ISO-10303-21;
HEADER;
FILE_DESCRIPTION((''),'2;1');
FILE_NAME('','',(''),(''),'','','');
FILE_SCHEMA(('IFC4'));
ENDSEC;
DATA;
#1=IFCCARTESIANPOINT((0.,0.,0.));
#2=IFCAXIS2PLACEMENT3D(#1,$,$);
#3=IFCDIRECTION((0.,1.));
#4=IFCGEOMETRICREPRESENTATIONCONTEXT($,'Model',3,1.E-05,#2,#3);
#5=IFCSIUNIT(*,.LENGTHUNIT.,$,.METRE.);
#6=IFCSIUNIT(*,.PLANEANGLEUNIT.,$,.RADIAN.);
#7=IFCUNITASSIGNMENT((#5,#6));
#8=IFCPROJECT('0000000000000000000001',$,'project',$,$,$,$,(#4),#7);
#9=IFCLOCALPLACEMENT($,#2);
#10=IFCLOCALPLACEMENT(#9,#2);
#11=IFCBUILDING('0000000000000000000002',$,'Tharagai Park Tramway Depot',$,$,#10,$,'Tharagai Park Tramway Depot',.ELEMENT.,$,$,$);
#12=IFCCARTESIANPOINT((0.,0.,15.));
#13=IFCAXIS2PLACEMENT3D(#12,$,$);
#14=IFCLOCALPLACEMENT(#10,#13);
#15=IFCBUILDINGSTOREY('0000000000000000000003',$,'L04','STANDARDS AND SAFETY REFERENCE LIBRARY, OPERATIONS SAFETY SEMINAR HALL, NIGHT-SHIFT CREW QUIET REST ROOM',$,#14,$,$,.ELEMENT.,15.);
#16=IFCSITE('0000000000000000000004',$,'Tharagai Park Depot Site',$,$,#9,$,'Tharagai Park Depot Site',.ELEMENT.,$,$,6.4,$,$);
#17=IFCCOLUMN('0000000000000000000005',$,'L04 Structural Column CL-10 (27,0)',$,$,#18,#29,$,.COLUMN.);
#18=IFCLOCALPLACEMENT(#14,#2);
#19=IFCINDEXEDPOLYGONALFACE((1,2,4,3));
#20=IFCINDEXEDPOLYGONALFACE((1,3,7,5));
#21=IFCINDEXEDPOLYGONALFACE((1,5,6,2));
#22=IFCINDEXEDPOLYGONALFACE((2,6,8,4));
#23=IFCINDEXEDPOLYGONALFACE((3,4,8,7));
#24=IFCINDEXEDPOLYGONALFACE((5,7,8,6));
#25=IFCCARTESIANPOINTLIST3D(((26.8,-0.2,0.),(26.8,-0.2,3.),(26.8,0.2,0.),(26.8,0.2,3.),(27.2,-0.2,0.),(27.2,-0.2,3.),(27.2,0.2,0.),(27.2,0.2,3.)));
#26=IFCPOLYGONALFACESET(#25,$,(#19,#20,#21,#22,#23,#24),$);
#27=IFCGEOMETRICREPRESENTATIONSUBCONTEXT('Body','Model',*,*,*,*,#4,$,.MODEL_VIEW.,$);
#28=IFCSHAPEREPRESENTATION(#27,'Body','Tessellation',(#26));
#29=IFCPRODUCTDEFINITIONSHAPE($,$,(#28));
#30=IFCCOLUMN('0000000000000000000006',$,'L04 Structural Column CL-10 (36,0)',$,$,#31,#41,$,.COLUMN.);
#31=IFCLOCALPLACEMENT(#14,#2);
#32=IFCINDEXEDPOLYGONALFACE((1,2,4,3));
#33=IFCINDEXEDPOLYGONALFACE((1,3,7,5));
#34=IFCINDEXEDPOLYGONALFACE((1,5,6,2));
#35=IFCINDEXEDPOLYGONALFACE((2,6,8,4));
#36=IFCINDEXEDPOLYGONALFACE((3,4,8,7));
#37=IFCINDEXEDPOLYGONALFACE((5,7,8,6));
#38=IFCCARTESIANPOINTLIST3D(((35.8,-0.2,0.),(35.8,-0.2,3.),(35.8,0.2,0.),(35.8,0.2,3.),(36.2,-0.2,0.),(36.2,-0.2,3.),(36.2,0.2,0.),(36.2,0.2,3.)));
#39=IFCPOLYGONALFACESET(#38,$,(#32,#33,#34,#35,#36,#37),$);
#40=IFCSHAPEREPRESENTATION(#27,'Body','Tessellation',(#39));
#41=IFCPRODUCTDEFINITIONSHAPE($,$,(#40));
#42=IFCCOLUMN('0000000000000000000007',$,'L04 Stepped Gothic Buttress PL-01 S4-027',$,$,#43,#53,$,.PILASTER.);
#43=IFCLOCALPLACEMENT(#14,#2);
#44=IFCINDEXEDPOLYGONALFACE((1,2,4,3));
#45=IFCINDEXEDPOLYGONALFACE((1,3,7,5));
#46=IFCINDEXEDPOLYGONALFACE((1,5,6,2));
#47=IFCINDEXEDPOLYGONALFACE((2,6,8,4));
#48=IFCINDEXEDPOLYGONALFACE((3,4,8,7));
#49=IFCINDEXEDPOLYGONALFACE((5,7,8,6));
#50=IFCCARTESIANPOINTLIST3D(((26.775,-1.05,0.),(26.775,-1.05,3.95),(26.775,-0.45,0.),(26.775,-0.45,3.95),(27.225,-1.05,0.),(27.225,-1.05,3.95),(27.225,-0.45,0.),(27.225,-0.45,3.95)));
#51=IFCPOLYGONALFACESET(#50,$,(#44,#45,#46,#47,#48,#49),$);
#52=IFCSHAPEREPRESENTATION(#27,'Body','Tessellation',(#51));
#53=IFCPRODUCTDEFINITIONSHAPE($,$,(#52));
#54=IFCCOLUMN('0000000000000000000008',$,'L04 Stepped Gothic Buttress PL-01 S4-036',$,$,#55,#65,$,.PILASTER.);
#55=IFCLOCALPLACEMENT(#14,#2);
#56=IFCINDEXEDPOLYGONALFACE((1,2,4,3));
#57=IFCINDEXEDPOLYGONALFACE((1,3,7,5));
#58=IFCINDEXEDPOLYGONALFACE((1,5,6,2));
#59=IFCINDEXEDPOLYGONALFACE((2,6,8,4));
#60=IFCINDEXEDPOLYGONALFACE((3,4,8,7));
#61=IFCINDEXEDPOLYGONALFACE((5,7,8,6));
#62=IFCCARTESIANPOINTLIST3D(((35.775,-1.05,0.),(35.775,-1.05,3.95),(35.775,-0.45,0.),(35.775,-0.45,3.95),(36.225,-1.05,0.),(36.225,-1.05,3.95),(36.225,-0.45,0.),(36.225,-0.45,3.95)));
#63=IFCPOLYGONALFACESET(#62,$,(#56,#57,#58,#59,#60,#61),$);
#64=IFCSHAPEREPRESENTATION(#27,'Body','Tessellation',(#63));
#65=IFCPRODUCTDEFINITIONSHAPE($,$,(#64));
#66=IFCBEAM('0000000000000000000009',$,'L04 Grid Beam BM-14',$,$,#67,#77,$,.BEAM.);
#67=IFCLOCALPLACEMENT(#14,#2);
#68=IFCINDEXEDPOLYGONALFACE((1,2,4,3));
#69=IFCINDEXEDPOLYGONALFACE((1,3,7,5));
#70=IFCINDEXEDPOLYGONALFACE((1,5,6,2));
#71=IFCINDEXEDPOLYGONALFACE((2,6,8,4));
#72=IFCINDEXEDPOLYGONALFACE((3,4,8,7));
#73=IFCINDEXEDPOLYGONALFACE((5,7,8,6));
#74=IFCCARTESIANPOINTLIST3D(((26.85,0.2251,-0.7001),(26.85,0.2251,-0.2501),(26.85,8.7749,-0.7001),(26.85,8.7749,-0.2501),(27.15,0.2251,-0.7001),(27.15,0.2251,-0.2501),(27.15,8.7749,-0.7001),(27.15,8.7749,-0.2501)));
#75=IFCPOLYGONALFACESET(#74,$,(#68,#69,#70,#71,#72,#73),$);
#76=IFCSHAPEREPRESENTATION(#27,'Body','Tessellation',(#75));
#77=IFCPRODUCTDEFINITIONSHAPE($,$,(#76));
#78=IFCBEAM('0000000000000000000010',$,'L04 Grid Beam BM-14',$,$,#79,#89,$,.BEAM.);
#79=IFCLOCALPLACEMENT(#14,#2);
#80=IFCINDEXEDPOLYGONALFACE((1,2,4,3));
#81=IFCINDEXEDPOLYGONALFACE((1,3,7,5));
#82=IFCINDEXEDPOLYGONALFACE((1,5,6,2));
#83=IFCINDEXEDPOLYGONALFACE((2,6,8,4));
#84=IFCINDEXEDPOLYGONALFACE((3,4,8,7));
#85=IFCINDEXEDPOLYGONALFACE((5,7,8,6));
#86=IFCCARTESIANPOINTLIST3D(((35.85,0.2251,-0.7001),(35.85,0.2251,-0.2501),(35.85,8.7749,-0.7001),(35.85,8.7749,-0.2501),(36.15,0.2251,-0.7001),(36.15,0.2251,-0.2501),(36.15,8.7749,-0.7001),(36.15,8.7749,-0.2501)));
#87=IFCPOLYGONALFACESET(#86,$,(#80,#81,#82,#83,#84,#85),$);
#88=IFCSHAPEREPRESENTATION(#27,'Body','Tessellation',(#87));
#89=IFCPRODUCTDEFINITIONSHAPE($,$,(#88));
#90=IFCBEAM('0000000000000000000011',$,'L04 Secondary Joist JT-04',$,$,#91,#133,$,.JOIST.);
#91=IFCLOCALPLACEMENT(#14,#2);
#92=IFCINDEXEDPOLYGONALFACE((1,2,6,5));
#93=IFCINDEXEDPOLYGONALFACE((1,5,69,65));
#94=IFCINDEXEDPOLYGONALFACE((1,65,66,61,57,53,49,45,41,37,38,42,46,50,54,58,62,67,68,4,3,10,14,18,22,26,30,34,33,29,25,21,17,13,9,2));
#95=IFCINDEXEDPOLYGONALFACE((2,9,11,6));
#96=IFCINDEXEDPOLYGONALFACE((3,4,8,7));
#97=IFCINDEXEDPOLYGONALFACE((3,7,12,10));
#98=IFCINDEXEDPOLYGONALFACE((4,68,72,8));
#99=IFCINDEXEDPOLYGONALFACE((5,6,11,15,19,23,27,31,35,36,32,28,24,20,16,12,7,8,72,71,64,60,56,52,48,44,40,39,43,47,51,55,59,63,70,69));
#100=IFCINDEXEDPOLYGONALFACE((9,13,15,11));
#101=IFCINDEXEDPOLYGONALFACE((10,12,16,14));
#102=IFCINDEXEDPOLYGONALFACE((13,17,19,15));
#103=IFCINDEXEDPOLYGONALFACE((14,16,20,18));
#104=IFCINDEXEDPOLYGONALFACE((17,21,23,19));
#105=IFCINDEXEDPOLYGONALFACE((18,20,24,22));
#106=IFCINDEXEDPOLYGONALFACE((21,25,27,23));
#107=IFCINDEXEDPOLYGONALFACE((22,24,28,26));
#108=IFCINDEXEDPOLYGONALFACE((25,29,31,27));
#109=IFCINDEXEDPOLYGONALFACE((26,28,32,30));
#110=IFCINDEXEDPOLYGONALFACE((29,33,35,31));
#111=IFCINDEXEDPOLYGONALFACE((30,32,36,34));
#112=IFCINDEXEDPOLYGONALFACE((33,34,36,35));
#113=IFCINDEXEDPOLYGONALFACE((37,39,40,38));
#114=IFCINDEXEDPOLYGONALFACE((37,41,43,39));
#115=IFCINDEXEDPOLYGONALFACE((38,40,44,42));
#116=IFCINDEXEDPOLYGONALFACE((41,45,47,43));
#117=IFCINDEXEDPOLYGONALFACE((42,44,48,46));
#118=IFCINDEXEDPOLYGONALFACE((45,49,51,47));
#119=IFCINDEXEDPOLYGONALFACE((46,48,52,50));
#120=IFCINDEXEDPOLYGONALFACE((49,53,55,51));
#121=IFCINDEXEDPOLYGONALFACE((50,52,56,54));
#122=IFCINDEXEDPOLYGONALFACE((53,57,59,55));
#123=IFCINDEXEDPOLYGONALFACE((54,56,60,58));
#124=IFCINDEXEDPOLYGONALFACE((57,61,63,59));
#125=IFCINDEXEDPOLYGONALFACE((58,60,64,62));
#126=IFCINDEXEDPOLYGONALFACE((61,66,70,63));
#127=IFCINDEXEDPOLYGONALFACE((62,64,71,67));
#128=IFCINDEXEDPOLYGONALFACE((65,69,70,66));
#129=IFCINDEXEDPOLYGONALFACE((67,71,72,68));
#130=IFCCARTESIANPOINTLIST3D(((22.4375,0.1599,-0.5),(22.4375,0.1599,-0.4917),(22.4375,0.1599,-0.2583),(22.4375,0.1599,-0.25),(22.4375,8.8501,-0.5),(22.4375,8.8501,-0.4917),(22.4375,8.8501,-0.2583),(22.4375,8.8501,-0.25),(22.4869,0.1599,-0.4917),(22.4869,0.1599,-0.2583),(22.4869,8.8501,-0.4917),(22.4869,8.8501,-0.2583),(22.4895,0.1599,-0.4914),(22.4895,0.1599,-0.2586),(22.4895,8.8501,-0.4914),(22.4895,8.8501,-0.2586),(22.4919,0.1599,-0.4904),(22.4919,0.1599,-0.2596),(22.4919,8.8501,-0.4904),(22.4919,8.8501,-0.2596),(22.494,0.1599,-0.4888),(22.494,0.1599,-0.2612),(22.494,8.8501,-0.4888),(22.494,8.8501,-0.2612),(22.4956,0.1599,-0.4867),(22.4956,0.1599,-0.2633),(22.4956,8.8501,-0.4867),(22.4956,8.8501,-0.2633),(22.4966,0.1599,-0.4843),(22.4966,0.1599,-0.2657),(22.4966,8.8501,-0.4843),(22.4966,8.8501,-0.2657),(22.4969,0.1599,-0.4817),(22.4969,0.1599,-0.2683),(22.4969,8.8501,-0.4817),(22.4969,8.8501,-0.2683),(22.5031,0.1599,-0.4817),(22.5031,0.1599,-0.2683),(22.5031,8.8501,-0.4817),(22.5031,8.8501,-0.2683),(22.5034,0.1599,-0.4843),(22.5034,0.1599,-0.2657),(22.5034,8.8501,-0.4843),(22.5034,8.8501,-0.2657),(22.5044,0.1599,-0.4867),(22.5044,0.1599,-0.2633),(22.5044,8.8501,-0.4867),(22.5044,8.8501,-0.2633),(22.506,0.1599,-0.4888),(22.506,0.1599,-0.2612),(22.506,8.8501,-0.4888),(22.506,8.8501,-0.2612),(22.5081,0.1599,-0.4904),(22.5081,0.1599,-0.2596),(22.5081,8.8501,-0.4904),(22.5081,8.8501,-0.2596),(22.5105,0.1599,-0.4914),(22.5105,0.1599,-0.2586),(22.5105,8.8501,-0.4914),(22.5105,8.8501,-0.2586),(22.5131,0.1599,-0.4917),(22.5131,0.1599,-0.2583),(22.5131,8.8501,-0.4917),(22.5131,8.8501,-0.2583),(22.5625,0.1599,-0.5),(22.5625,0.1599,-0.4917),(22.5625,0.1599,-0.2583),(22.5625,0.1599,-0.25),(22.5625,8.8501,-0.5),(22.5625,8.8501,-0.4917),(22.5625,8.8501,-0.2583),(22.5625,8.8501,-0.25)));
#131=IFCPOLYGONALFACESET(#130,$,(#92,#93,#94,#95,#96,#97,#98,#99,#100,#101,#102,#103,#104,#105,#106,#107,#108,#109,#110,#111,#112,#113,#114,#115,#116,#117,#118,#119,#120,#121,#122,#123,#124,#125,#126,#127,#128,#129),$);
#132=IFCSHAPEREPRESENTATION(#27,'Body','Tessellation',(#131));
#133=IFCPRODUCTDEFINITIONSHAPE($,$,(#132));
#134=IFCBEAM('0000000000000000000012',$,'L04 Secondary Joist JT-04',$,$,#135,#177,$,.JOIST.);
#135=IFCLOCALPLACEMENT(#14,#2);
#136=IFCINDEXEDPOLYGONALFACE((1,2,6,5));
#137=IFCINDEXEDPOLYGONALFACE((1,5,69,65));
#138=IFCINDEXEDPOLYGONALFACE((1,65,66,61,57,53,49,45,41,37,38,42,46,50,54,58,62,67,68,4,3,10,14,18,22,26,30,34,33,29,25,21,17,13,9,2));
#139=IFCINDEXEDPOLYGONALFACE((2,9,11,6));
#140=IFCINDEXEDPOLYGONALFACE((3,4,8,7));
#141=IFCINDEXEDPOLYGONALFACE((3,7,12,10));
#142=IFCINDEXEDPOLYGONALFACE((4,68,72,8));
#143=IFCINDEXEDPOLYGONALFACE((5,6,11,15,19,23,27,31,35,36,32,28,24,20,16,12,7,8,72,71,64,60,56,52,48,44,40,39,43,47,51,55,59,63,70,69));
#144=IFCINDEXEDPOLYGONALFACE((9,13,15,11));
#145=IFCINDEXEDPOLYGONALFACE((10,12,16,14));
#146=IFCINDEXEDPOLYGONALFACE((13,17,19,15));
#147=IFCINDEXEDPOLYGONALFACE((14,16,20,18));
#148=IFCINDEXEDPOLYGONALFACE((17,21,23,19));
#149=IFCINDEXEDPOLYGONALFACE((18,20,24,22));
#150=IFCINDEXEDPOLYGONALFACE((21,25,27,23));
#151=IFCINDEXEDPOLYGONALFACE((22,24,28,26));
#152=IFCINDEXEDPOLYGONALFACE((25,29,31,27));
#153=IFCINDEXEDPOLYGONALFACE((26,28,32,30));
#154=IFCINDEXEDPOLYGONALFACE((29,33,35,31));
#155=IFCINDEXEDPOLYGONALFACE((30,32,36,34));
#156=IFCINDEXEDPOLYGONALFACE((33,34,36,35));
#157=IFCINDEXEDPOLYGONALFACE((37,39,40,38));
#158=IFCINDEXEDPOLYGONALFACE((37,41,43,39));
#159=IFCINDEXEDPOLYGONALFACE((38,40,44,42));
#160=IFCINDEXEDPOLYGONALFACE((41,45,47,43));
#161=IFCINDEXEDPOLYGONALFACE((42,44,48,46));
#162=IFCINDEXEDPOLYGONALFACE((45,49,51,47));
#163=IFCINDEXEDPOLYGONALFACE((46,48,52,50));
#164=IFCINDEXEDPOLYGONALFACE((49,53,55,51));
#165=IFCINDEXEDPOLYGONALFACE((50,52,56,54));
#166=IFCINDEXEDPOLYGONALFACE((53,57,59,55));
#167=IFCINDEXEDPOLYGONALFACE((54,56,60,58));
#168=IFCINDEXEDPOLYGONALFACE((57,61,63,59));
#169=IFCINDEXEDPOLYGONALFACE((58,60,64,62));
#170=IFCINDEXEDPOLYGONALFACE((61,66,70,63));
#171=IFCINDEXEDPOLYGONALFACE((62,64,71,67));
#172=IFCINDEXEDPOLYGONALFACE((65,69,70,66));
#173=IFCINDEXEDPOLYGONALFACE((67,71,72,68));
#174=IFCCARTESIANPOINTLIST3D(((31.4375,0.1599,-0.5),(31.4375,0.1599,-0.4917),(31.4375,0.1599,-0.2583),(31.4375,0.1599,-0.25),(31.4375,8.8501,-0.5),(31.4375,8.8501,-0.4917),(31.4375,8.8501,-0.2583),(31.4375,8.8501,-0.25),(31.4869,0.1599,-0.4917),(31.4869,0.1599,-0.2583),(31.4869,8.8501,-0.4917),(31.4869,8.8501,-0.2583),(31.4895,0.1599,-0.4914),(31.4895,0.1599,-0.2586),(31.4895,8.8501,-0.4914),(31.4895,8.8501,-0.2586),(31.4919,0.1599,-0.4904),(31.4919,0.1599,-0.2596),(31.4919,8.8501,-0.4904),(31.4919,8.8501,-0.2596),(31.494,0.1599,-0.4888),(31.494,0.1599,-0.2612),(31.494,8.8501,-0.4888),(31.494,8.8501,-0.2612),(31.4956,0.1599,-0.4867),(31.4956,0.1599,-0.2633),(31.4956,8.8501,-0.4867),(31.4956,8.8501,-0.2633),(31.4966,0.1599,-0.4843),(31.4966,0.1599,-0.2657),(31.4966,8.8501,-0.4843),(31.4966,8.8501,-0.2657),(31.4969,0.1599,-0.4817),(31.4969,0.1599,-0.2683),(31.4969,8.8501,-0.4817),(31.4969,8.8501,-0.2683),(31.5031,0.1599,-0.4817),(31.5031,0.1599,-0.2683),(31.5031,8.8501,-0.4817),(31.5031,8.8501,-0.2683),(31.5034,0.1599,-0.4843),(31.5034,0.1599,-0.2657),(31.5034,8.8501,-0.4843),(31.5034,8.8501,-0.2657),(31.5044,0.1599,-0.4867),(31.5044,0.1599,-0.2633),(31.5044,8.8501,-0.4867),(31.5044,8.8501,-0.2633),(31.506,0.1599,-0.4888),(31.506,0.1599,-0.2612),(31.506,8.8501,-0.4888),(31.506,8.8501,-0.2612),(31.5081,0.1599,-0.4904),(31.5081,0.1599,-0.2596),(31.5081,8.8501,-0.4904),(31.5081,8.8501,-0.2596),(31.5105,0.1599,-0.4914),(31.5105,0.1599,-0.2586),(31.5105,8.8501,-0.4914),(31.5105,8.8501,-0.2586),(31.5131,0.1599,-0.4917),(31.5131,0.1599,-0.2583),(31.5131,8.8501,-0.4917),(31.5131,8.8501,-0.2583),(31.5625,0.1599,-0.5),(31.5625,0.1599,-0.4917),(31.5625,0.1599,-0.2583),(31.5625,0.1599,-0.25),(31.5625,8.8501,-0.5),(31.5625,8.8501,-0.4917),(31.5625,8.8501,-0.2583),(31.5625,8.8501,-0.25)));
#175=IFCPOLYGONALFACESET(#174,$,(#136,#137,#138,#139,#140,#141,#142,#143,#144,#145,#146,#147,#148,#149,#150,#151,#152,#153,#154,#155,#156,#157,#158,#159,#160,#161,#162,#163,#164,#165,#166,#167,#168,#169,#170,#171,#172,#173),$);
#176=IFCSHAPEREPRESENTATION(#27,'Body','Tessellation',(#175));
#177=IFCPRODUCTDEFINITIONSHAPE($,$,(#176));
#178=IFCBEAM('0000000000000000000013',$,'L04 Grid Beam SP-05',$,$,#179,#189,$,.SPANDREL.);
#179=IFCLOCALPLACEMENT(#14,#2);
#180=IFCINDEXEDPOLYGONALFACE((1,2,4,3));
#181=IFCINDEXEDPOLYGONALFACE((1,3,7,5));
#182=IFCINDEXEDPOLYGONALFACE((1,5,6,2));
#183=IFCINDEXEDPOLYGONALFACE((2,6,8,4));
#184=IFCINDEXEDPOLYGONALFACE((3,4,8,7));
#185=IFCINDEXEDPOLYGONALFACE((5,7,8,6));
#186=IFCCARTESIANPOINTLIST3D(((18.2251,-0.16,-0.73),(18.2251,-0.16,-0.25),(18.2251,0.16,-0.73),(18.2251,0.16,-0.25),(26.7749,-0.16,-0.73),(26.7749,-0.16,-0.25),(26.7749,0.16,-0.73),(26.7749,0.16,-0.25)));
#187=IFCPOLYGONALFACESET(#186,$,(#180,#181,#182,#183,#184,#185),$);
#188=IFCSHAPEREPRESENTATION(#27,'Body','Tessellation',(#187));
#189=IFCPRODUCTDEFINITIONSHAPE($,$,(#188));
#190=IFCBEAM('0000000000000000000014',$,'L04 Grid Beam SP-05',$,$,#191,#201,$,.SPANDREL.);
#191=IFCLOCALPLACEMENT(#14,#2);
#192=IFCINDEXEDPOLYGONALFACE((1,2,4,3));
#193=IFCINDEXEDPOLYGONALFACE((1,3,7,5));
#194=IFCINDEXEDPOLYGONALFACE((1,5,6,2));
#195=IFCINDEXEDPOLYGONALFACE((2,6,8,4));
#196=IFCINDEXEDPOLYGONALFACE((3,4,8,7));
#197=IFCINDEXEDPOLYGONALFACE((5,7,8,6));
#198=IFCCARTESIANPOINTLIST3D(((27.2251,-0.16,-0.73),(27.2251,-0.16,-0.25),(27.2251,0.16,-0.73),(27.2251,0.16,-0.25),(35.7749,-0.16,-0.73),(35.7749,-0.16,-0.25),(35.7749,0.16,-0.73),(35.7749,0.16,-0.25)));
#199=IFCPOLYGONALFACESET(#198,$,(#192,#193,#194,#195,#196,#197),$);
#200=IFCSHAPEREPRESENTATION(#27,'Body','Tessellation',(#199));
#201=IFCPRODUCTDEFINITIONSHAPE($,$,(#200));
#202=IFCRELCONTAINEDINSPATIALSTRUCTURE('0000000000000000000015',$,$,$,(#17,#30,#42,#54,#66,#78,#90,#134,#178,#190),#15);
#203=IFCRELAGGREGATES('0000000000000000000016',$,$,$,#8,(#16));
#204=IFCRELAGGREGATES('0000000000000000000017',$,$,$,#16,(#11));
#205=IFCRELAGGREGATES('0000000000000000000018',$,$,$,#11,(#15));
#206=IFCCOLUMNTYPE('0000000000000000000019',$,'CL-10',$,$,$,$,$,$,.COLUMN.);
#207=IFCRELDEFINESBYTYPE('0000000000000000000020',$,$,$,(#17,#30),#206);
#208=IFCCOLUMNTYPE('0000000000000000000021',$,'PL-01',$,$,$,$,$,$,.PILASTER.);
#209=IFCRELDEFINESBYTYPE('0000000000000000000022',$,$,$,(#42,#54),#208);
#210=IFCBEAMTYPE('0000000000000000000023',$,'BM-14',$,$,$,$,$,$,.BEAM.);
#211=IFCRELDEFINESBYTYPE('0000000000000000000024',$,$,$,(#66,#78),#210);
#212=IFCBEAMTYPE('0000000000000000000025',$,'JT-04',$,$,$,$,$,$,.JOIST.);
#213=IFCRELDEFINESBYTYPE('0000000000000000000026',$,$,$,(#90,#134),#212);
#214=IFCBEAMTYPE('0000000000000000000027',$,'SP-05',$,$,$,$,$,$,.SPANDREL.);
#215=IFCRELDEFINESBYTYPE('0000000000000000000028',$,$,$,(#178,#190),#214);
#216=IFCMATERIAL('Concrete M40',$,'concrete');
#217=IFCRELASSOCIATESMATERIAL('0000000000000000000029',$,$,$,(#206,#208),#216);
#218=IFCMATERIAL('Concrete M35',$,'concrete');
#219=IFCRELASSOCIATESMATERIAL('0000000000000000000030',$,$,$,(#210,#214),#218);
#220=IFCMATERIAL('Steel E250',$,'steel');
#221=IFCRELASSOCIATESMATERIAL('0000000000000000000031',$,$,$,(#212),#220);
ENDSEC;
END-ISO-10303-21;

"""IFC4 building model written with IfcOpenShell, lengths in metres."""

from ifc_helpers import new_model, si_unit, direction, frame, origin, origin_2d, place, context, subcontext, project, spatial, rectangle, i_section, extrude, material, material_profile, profile_set, type_object, element, save


model = new_model("IFC4")

# Units and contexts
model_context = context("Model", 3, precision=1e-05, world=origin(), true_north=direction((0.0, 1.0)))
body_context = subcontext(model_context, "Body", "Model", "MODEL_VIEW")
ifc_project = project(units=[si_unit("LENGTHUNIT", "METRE"), si_unit("PLANEANGLEUNIT", "RADIAN")], contexts=[model_context])

# Site, building, storey
site_placement = place(None, origin())
site = spatial("IfcSite", under=ifc_project, at=site_placement, Name="Tharagai Park Depot Site", LongName="Tharagai Park Depot Site", CompositionType="ELEMENT", RefElevation=6.4)
building_placement = place(site_placement, origin())
building = spatial("IfcBuilding", under=site, at=building_placement, Name="Tharagai Park Tramway Depot", LongName="Tharagai Park Tramway Depot", CompositionType="ELEMENT")
storey_placement = place(building_placement, frame((0.0, 0.0, 15.0)))
storey = spatial("IfcBuildingStorey", under=building, at=storey_placement, Name="L04", Description="STANDARDS AND SAFETY REFERENCE LIBRARY, OPERATIONS SAFETY SEMINAR HALL, NIGHT-SHIFT CREW QUIET REST ROOM", CompositionType="ELEMENT", Elevation=15.0)

# Columns
ifc_material_1 = material(Name="Concrete M40", Category="concrete")
ifc_material_profile_1 = material_profile(ifc_material_1, rectangle(XDim=0.3999, YDim=0.3999, at=origin_2d()), Name="RC 400x400")
ifc_profile_set_1 = profile_set([ifc_material_profile_1], Name="Concrete M40")
column_type_1 = type_object("IfcColumnType", Name="CL-10", PredefinedType="COLUMN", material=ifc_profile_set_1)
for number, where, z_axis, x_axis, name in (
    (1, (27.0, 0.0, 0.0), (0.0, 0.0, 1.0), (1.0, 0.0, 0.0), "L04 Structural Column CL-10 (27,0)"),
    (2, (36.0, 0.0, 0.0), (0.0, 0.0, 1.0), (1.0, 0.0, 0.0), "L04 Structural Column CL-10 (36,0)"),
):
    element("IfcColumn", number, at=place(storey_placement, frame(where, z_axis=z_axis, x_axis=x_axis)), inside=storey, type_object=column_type_1, Name=name, PredefinedType="COLUMN", context=body_context, shape_type="SweptSolid", body=[
        extrude(rectangle(XDim=0.3999, YDim=0.3999, at=origin_2d()), origin(), (0.0, 0.0, 1.0), 3.0),
    ])
ifc_material_profile_2 = material_profile(ifc_material_1, rectangle(XDim=0.45, YDim=0.6001, at=origin_2d()), Name="RC 450x600")
ifc_profile_set_2 = profile_set([ifc_material_profile_2], Name="Concrete M40")
column_type_2 = type_object("IfcColumnType", Name="PL-01", PredefinedType="PILASTER", material=ifc_profile_set_2)
for number, where, z_axis, x_axis, name in (
    (3, (27.0, -0.75, 0.0), (0.0, 0.0, 1.0), (1.0, 0.0, 0.0), "L04 Stepped Gothic Buttress PL-01 S4-027"),
    (4, (36.0, -0.75, 0.0), (0.0, 0.0, 1.0), (1.0, 0.0, 0.0), "L04 Stepped Gothic Buttress PL-01 S4-036"),
):
    element("IfcColumn", number, at=place(storey_placement, frame(where, z_axis=z_axis, x_axis=x_axis)), inside=storey, type_object=column_type_2, Name=name, PredefinedType="PILASTER", context=body_context, shape_type="SweptSolid", body=[
        extrude(rectangle(XDim=0.45, YDim=0.6001, at=origin_2d()), origin(), (0.0, 0.0, 1.0), 3.95),
    ])

# Beams
ifc_material_2 = material(Name="Concrete M35", Category="concrete")
ifc_material_profile_3 = material_profile(ifc_material_2, rectangle(XDim=0.3, YDim=0.45, at=origin_2d()), Name="RC 300x450")
ifc_profile_set_3 = profile_set([ifc_material_profile_3], Name="Concrete M35")
beam_type_1 = type_object("IfcBeamType", Name="BM-14", PredefinedType="BEAM", material=ifc_profile_set_3)
for number, where, z_axis, x_axis, name in (
    (5, (27.0, 0.2251, -0.4751), (0.0, 1.0, 0.0), (-1.0, 0.0, 0.0), "L04 Grid Beam BM-14"),
    (6, (36.0, 0.2251, -0.4751), (0.0, 1.0, 0.0), (-1.0, 0.0, 0.0), "L04 Grid Beam BM-14"),
):
    element("IfcBeam", number, at=place(storey_placement, frame(where, z_axis=z_axis, x_axis=x_axis)), inside=storey, type_object=beam_type_1, Name=name, PredefinedType="BEAM", context=body_context, shape_type="SweptSolid", body=[
        extrude(rectangle(XDim=0.3, YDim=0.45, at=origin_2d()), origin(), (0.0, 0.0, 1.0), 8.5498),
    ])
ifc_material_3 = material(Name="Steel E250", Category="steel")
ifc_material_profile_4 = material_profile(ifc_material_3, i_section(OverallWidth=0.125, OverallDepth=0.25, WebThickness=0.0061, FlangeThickness=0.0083, FilletRadius=0.01, at=origin_2d()), Name="ISLB 250")
ifc_profile_set_4 = profile_set([ifc_material_profile_4], Name="Steel E250")
beam_type_2 = type_object("IfcBeamType", Name="JT-04", PredefinedType="JOIST", material=ifc_profile_set_4)
for number, where, z_axis, x_axis, name in (
    (7, (22.5, 0.1599, -0.375), (0.0, 1.0, 0.0), (-1.0, 0.0, 0.0), "L04 Secondary Joist JT-04"),
    (8, (31.5, 0.1599, -0.375), (0.0, 1.0, 0.0), (-1.0, 0.0, 0.0), "L04 Secondary Joist JT-04"),
):
    element("IfcBeam", number, at=place(storey_placement, frame(where, z_axis=z_axis, x_axis=x_axis)), inside=storey, type_object=beam_type_2, Name=name, PredefinedType="JOIST", context=body_context, shape_type="SweptSolid", body=[
        extrude(i_section(OverallWidth=0.125, OverallDepth=0.25, WebThickness=0.0061, FlangeThickness=0.0083, FilletRadius=0.01, at=origin_2d()), origin(), (0.0, 0.0, 1.0), 8.6902),
    ])
ifc_material_profile_5 = material_profile(ifc_material_2, rectangle(XDim=0.3201, YDim=0.48, at=origin_2d()), Name="RC 320x480")
ifc_profile_set_5 = profile_set([ifc_material_profile_5], Name="Concrete M35")
beam_type_3 = type_object("IfcBeamType", Name="SP-05", PredefinedType="SPANDREL", material=ifc_profile_set_5)
for number, where, z_axis, x_axis, name in (
    (9, (18.2251, 0.0, -0.49), (1.0, 0.0, 0.0), (0.0, 1.0, 0.0), "L04 Grid Beam SP-05"),
    (10, (27.2251, 0.0, -0.49), (1.0, 0.0, 0.0), (0.0, 1.0, 0.0), "L04 Grid Beam SP-05"),
):
    element("IfcBeam", number, at=place(storey_placement, frame(where, z_axis=z_axis, x_axis=x_axis)), inside=storey, type_object=beam_type_3, Name=name, PredefinedType="SPANDREL", context=body_context, shape_type="SweptSolid", body=[
        extrude(rectangle(XDim=0.3201, YDim=0.48, at=origin_2d()), origin(), (0.0, 0.0, 1.0), 8.5498),
    ])

save(model, "model.ifc")
